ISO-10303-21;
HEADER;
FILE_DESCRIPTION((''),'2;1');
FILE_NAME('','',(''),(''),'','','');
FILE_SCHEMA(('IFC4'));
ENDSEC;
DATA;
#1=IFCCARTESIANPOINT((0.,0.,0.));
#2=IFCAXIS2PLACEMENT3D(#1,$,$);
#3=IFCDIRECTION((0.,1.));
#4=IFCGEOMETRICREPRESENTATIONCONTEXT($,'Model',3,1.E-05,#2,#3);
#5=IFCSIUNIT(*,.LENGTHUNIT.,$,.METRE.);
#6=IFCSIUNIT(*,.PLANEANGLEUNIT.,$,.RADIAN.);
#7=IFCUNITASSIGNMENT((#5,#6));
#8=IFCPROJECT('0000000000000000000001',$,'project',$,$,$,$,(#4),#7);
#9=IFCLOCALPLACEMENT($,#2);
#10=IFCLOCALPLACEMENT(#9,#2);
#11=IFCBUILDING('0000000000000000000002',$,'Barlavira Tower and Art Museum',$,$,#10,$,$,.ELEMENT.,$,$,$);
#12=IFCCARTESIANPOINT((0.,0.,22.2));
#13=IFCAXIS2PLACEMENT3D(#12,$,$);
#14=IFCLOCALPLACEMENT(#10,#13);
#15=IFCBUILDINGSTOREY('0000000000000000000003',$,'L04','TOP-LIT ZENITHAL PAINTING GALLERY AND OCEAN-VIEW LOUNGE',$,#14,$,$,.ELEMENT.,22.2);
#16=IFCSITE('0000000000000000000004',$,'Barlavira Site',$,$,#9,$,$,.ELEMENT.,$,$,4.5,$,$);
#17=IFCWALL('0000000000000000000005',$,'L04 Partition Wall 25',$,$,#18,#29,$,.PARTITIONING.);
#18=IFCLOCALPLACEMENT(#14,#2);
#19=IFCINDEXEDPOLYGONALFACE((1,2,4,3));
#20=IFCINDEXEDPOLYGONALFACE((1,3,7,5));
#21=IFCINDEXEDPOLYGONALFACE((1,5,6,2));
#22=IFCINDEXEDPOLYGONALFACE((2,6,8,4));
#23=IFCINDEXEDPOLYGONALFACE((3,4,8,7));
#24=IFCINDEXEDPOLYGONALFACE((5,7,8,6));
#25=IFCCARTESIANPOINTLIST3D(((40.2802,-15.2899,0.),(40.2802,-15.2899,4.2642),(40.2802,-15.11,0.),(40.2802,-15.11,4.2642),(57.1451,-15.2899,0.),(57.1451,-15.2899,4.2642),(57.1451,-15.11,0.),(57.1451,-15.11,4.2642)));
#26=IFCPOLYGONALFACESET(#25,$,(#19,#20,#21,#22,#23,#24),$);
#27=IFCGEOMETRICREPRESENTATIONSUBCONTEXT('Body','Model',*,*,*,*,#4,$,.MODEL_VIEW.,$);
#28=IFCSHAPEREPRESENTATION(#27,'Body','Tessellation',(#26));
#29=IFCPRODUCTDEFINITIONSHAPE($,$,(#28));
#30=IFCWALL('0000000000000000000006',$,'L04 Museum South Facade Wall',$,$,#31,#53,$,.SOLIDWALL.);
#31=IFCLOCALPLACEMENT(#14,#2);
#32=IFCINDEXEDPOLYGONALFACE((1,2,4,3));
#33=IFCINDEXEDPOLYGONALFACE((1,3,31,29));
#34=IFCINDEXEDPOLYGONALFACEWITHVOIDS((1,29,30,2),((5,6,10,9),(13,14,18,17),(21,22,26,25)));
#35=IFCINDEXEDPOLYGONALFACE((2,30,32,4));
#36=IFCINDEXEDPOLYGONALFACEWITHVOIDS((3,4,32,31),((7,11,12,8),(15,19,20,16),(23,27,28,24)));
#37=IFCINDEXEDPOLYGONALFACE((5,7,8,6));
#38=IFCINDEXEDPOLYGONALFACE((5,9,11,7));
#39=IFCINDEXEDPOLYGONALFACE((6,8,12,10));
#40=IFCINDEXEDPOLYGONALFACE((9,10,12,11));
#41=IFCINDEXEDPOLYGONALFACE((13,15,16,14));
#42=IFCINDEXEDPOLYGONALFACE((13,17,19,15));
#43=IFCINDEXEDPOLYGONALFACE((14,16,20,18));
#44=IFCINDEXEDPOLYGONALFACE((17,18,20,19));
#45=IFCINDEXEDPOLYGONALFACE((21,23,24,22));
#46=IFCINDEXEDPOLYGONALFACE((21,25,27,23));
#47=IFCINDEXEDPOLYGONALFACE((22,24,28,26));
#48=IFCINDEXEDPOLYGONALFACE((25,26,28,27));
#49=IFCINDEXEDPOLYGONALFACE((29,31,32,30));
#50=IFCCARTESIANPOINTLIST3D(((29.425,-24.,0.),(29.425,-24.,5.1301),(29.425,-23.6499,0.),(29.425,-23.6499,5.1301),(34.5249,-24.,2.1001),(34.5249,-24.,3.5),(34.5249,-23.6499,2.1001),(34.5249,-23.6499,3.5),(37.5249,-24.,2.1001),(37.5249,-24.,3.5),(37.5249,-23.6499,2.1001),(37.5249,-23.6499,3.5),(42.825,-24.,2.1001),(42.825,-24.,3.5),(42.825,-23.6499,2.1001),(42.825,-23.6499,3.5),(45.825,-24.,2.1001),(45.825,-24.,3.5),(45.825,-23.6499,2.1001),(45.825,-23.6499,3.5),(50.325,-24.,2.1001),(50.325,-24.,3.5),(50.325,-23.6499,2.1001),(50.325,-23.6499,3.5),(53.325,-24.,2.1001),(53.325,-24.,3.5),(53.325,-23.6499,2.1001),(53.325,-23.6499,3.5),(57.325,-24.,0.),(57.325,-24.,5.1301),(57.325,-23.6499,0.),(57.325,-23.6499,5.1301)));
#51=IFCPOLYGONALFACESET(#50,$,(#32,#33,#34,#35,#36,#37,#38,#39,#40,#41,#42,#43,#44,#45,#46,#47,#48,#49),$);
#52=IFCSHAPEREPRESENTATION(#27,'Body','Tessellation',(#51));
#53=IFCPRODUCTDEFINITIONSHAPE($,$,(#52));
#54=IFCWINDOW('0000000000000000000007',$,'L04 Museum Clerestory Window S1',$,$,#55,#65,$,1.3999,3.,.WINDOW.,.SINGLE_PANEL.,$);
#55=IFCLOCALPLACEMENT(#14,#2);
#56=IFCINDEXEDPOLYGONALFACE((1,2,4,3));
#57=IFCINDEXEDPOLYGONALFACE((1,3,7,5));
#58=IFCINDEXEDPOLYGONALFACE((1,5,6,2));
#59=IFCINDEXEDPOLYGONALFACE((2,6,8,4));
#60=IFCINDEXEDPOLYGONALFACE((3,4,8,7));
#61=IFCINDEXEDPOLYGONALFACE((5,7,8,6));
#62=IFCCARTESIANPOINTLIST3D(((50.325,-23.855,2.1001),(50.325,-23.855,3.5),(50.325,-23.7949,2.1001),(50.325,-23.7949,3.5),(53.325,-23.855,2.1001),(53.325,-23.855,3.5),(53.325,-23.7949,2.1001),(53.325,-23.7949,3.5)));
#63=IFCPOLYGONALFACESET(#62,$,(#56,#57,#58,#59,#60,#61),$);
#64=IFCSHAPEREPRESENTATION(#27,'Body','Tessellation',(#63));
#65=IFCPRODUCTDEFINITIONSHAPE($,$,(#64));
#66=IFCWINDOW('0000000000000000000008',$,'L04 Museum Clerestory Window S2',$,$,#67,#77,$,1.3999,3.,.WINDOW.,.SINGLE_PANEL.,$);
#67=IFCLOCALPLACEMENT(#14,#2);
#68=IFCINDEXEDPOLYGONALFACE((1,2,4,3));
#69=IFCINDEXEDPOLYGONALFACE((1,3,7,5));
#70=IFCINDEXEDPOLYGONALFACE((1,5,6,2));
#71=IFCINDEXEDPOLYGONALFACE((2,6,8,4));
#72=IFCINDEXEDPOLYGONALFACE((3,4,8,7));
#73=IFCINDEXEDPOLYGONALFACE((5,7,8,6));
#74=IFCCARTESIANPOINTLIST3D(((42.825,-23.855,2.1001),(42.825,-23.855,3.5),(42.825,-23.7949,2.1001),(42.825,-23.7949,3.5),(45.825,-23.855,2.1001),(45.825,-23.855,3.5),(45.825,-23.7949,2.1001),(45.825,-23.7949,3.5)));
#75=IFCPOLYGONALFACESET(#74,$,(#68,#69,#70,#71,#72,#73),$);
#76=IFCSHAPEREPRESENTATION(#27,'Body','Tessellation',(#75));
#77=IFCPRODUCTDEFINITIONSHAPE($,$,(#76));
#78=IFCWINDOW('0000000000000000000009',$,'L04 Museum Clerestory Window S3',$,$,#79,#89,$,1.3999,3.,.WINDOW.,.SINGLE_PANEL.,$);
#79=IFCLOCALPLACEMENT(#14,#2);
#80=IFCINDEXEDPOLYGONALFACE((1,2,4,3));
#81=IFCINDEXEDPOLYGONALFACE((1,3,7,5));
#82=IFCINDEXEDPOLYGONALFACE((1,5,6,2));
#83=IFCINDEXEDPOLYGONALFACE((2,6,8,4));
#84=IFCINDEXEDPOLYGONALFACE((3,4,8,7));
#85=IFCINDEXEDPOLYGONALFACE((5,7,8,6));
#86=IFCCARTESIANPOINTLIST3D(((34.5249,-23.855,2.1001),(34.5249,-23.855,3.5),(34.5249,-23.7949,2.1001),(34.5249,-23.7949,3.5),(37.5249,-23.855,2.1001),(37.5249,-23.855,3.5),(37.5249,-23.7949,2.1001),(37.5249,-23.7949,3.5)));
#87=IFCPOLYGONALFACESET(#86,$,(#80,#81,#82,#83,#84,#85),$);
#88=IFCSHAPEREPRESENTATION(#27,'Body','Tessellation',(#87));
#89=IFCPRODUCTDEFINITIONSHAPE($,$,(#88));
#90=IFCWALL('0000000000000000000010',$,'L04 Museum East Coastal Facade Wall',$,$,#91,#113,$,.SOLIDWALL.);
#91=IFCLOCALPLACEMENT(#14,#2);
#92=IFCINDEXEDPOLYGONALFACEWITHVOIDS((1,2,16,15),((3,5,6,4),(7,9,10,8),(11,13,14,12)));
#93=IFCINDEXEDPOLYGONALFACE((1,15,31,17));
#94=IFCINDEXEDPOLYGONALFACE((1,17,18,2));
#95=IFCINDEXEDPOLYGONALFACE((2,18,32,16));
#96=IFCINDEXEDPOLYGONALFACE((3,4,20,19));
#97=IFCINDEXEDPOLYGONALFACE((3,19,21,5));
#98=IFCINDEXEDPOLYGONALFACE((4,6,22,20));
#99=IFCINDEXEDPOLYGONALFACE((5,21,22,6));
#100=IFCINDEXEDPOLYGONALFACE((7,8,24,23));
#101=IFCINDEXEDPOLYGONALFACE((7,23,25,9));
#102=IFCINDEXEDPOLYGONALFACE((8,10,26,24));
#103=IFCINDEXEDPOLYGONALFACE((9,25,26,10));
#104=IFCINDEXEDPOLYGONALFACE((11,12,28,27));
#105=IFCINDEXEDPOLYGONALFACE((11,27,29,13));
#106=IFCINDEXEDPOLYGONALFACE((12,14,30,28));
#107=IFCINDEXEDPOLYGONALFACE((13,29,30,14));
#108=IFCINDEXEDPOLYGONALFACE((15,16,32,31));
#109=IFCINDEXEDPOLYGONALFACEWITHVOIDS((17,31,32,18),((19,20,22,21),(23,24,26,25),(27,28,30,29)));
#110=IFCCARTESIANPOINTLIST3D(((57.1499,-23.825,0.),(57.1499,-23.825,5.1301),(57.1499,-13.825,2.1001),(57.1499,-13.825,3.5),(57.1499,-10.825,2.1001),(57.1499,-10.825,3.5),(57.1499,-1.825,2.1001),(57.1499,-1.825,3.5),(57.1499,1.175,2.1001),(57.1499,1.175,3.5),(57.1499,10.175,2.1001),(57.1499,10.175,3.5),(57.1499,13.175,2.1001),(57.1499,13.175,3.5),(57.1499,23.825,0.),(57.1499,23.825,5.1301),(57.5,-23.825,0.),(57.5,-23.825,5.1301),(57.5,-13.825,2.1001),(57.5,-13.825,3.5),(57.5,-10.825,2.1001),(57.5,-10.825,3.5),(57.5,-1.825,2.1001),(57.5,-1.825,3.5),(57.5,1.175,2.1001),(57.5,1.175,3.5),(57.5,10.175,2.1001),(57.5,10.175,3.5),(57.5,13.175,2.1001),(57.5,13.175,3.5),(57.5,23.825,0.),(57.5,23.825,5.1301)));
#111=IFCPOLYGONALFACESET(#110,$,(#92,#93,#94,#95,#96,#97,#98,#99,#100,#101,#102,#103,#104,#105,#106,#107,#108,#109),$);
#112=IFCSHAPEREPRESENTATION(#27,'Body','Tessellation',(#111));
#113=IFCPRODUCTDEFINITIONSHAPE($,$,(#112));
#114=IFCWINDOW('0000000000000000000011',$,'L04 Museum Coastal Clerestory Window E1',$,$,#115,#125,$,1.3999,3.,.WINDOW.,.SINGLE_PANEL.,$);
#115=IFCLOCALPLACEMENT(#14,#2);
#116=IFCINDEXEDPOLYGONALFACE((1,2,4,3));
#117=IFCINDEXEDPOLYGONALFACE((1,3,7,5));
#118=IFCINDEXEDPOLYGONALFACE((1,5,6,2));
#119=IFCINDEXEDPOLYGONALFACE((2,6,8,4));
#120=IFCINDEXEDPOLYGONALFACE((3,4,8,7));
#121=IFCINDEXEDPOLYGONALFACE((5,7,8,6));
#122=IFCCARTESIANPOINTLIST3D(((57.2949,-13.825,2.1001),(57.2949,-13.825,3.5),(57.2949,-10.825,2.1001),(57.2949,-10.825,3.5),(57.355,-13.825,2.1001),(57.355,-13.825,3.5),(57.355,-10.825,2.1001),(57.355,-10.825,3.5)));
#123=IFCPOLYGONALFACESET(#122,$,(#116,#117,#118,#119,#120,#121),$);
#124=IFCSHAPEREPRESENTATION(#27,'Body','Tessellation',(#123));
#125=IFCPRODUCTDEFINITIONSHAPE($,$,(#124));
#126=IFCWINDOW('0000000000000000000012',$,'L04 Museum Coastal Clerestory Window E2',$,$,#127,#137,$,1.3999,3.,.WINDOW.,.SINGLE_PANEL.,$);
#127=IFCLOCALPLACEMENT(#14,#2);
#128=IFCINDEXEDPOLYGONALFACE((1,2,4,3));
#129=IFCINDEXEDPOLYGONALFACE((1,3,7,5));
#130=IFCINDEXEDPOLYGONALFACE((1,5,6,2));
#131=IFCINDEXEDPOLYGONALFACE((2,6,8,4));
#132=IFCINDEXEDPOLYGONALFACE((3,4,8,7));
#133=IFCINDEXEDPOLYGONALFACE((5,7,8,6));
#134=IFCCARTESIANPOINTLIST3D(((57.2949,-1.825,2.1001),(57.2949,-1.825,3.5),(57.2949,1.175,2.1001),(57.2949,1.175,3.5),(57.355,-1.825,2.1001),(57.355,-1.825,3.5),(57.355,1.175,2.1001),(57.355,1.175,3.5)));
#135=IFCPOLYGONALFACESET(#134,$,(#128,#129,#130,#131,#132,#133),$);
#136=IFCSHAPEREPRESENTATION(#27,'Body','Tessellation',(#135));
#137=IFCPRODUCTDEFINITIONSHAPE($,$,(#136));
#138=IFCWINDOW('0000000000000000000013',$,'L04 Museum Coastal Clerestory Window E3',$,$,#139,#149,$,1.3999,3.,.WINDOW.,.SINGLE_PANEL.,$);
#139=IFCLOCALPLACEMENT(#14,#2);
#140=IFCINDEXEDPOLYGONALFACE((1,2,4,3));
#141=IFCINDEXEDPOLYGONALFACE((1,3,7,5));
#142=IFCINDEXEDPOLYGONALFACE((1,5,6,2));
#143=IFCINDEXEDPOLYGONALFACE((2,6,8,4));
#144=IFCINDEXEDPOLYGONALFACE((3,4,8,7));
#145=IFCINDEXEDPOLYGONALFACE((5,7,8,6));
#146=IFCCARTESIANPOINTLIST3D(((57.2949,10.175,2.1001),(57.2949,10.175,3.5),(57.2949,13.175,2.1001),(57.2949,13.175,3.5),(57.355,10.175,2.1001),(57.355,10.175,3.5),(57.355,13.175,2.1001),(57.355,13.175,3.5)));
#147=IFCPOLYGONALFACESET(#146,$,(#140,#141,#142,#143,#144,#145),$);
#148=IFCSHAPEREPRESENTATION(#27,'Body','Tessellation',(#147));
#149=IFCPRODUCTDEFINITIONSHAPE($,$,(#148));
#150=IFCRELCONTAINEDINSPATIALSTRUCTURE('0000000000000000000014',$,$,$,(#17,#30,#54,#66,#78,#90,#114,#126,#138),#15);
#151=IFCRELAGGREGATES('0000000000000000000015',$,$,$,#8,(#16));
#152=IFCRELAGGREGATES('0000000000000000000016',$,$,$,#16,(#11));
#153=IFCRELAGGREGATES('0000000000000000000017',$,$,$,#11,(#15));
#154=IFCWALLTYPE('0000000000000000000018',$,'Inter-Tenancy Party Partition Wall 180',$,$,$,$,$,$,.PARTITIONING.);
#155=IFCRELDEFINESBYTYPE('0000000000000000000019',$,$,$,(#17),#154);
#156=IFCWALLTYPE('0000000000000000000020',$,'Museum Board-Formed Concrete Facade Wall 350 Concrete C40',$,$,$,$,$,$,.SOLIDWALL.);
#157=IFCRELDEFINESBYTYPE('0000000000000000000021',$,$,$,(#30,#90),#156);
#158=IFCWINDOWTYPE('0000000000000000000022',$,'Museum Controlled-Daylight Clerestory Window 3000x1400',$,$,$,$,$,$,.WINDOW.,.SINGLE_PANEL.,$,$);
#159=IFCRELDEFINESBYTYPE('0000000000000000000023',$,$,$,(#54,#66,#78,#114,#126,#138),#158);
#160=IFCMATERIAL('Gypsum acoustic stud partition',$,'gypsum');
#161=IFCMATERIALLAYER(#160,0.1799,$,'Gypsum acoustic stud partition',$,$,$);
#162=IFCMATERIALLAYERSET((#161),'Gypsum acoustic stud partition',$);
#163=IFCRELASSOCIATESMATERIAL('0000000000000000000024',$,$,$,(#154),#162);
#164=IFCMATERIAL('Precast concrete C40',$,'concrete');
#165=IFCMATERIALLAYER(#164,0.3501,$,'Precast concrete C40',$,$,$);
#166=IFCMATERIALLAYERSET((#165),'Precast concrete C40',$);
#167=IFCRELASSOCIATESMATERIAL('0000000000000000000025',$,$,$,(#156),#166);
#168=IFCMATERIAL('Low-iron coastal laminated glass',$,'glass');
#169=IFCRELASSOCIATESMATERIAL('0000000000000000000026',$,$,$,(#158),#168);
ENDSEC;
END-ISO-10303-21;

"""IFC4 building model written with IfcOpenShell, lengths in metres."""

from ifc_helpers import new_model, si_unit, direction, frame, frame_2d, origin, place, context, subcontext, project, spatial, rectangle, extrude, material, layer, layer_set, type_object, element, fill, save


model = new_model("IFC4")

# Units and contexts
model_context = context("Model", 3, precision=1e-05, world=origin(), true_north=direction((0.0, 1.0)))
body_context = subcontext(model_context, "Body", "Model", "MODEL_VIEW")
ifc_project = project(units=[si_unit("LENGTHUNIT", "METRE"), si_unit("PLANEANGLEUNIT", "RADIAN")], contexts=[model_context])

# Site, building, storey
site_placement = place(None, origin())
site = spatial("IfcSite", under=ifc_project, at=site_placement, Name="Barlavira Site", CompositionType="ELEMENT", RefElevation=4.5)
building_placement = place(site_placement, origin())
building = spatial("IfcBuilding", under=site, at=building_placement, Name="Barlavira Tower and Art Museum", CompositionType="ELEMENT")
storey_placement = place(building_placement, frame((0.0, 0.0, 22.2)))
storey = spatial("IfcBuildingStorey", under=building, at=storey_placement, Name="L04", Description="TOP-LIT ZENITHAL PAINTING GALLERY AND OCEAN-VIEW LOUNGE", CompositionType="ELEMENT", Elevation=22.2)

# Shared definitions
ifc_material_1 = material(Name="Gypsum acoustic stud partition", Category="gypsum")
ifc_layer_1 = layer(ifc_material_1, 0.1799, Name="Gypsum acoustic stud partition")
ifc_layer_set_1 = layer_set([ifc_layer_1], Name="Gypsum acoustic stud partition")
wall_type_1 = type_object("IfcWallType", Name="Inter-Tenancy Party Partition Wall 180", PredefinedType="PARTITIONING", material=ifc_layer_set_1)

# Wall
wall_1_placement = place(storey_placement, frame((40.28, -15.2, 0.0), z_axis=(0.0, 0.0, 1.0), x_axis=(1.0, 0.0, 0.0)))
element("IfcWall", 1, at=wall_1_placement, inside=storey, type_object=wall_type_1, Name="L04 Partition Wall 25", PredefinedType="PARTITIONING", context=body_context, shape_type="SweptSolid", body=[
    extrude(rectangle(XDim=16.865, YDim=0.1799, at=frame_2d((8.4326, 0.0))), origin(), (0.0, 0.0, 1.0), 4.2642),
])

# Walls, openings, windows
ifc_material_2 = material(Name="Precast concrete C40", Category="concrete")
ifc_layer_2 = layer(ifc_material_2, 0.3501, Name="Precast concrete C40")
ifc_layer_set_2 = layer_set([ifc_layer_2], Name="Precast concrete C40")
wall_type_2 = type_object("IfcWallType", Name="Museum Board-Formed Concrete Facade Wall 350 Concrete C40", PredefinedType="SOLIDWALL", material=ifc_layer_set_2)
wall_2_placement = place(storey_placement, frame((57.325, -23.825, 0.0), z_axis=(0.0, 0.0, 1.0), x_axis=(-1.0, 0.0, 0.0)))
wall_2 = element("IfcWall", 2, at=wall_2_placement, inside=storey, type_object=wall_type_2, Name="L04 Museum South Facade Wall", PredefinedType="SOLIDWALL", context=body_context, shape_type="SweptSolid", body=[
    extrude(rectangle(XDim=27.8999, YDim=0.3501, at=frame_2d((13.95, 0.0))), origin(), (0.0, 0.0, 1.0), 5.1301),
])
opening_1_placement = place(wall_2_placement, frame((4.0, 0.0, 2.1001)))
opening_1 = element("IfcOpeningElement", 3, at=opening_1_placement, cuts=wall_2, PredefinedType="OPENING", context=body_context, shape_type="SweptSolid", body=[
    extrude(rectangle(XDim=3.0, YDim=1.3999, at=frame_2d((1.5, 0.7))), frame((0.0, 0.1851, 0.0), z_axis=(0.0, -1.0, 0.0), x_axis=(1.0, 0.0, 0.0)), (0.0, 0.0, 1.0), 0.3701),
])
opening_2_placement = place(wall_2_placement, frame((11.5, 0.0, 2.1001)))
opening_2 = element("IfcOpeningElement", 4, at=opening_2_placement, cuts=wall_2, PredefinedType="OPENING", context=body_context, shape_type="SweptSolid", body=[
    extrude(rectangle(XDim=3.0, YDim=1.3999, at=frame_2d((1.5, 0.7))), frame((0.0, 0.1851, 0.0), z_axis=(0.0, -1.0, 0.0), x_axis=(1.0, 0.0, 0.0)), (0.0, 0.0, 1.0), 0.3701),
])
opening_3_placement = place(wall_2_placement, frame((19.8, 0.0, 2.1001)))
opening_3 = element("IfcOpeningElement", 5, at=opening_3_placement, cuts=wall_2, PredefinedType="OPENING", context=body_context, shape_type="SweptSolid", body=[
    extrude(rectangle(XDim=3.0, YDim=1.3999, at=frame_2d((1.5, 0.7))), frame((0.0, 0.1851, 0.0), z_axis=(0.0, -1.0, 0.0), x_axis=(1.0, 0.0, 0.0)), (0.0, 0.0, 1.0), 0.3701),
])
ifc_material_3 = material(Name="Low-iron coastal laminated glass", Category="glass")
window_type = type_object("IfcWindowType", Name="Museum Controlled-Daylight Clerestory Window 3000x1400", PartitioningType="SINGLE_PANEL", PredefinedType="WINDOW", material=ifc_material_3)
window_1_placement = place(opening_1_placement, origin())
window_1 = element("IfcWindow", 6, at=window_1_placement, inside=storey, type_object=window_type, Name="L04 Museum Clerestory Window S1", OverallHeight=1.3999, OverallWidth=3.0, PartitioningType="SINGLE_PANEL", PredefinedType="WINDOW", context=body_context, shape_type="SweptSolid", body=[
    extrude(rectangle(XDim=3.0, YDim=1.3999, at=frame_2d((1.5, 0.7))), frame((0.0, 0.03, 0.0), z_axis=(0.0, -1.0, 0.0), x_axis=(1.0, 0.0, 0.0)), (0.0, 0.0, 1.0), 0.0601),
])
fill(opening_1, window_1)
window_2_placement = place(opening_2_placement, origin())
window_2 = element("IfcWindow", 7, at=window_2_placement, inside=storey, type_object=window_type, Name="L04 Museum Clerestory Window S2", OverallHeight=1.3999, OverallWidth=3.0, PartitioningType="SINGLE_PANEL", PredefinedType="WINDOW", context=body_context, shape_type="SweptSolid", body=[
    extrude(rectangle(XDim=3.0, YDim=1.3999, at=frame_2d((1.5, 0.7))), frame((0.0, 0.03, 0.0), z_axis=(0.0, -1.0, 0.0), x_axis=(1.0, 0.0, 0.0)), (0.0, 0.0, 1.0), 0.0601),
])
fill(opening_2, window_2)
window_3_placement = place(opening_3_placement, origin())
window_3 = element("IfcWindow", 8, at=window_3_placement, inside=storey, type_object=window_type, Name="L04 Museum Clerestory Window S3", OverallHeight=1.3999, OverallWidth=3.0, PartitioningType="SINGLE_PANEL", PredefinedType="WINDOW", context=body_context, shape_type="SweptSolid", body=[
    extrude(rectangle(XDim=3.0, YDim=1.3999, at=frame_2d((1.5, 0.7))), frame((0.0, 0.03, 0.0), z_axis=(0.0, -1.0, 0.0), x_axis=(1.0, 0.0, 0.0)), (0.0, 0.0, 1.0), 0.0601),
])
fill(opening_3, window_3)
wall_3_placement = place(storey_placement, frame((57.325, -23.825, 0.0), z_axis=(0.0, 0.0, 1.0), x_axis=(0.0, 1.0, 0.0)))
wall_3 = element("IfcWall", 9, at=wall_3_placement, inside=storey, type_object=wall_type_2, Name="L04 Museum East Coastal Facade Wall", PredefinedType="SOLIDWALL", context=body_context, shape_type="SweptSolid", body=[
    extrude(rectangle(XDim=47.6499, YDim=0.3501, at=frame_2d((23.825, 0.0))), origin(), (0.0, 0.0, 1.0), 5.1301),
])
opening_4_placement = place(wall_3_placement, frame((10.0, 0.0, 2.1001)))
opening_4 = element("IfcOpeningElement", 10, at=opening_4_placement, cuts=wall_3, PredefinedType="OPENING", context=body_context, shape_type="SweptSolid", body=[
    extrude(rectangle(XDim=3.0, YDim=1.3999, at=frame_2d((1.5, 0.7))), frame((0.0, 0.1851, 0.0), z_axis=(0.0, -1.0, 0.0), x_axis=(1.0, 0.0, 0.0)), (0.0, 0.0, 1.0), 0.3701),
])
opening_5_placement = place(wall_3_placement, frame((22.0, 0.0, 2.1001)))
opening_5 = element("IfcOpeningElement", 11, at=opening_5_placement, cuts=wall_3, PredefinedType="OPENING", context=body_context, shape_type="SweptSolid", body=[
    extrude(rectangle(XDim=3.0, YDim=1.3999, at=frame_2d((1.5, 0.7))), frame((0.0, 0.1851, 0.0), z_axis=(0.0, -1.0, 0.0), x_axis=(1.0, 0.0, 0.0)), (0.0, 0.0, 1.0), 0.3701),
])
opening_6_placement = place(wall_3_placement, frame((34.0, 0.0, 2.1001)))
opening_6 = element("IfcOpeningElement", 12, at=opening_6_placement, cuts=wall_3, PredefinedType="OPENING", context=body_context, shape_type="SweptSolid", body=[
    extrude(rectangle(XDim=3.0, YDim=1.3999, at=frame_2d((1.5, 0.7))), frame((0.0, 0.1851, 0.0), z_axis=(0.0, -1.0, 0.0), x_axis=(1.0, 0.0, 0.0)), (0.0, 0.0, 1.0), 0.3701),
])
window_4_placement = place(opening_4_placement, origin())
window_4 = element("IfcWindow", 13, at=window_4_placement, inside=storey, type_object=window_type, Name="L04 Museum Coastal Clerestory Window E1", OverallHeight=1.3999, OverallWidth=3.0, PartitioningType="SINGLE_PANEL", PredefinedType="WINDOW", context=body_context, shape_type="SweptSolid", body=[
    extrude(rectangle(XDim=3.0, YDim=1.3999, at=frame_2d((1.5, 0.7))), frame((0.0, 0.03, 0.0), z_axis=(0.0, -1.0, 0.0), x_axis=(1.0, 0.0, 0.0)), (0.0, 0.0, 1.0), 0.0601),
])
fill(opening_4, window_4)
window_5_placement = place(opening_5_placement, origin())
window_5 = element("IfcWindow", 14, at=window_5_placement, inside=storey, type_object=window_type, Name="L04 Museum Coastal Clerestory Window E2", OverallHeight=1.3999, OverallWidth=3.0, PartitioningType="SINGLE_PANEL", PredefinedType="WINDOW", context=body_context, shape_type="SweptSolid", body=[
    extrude(rectangle(XDim=3.0, YDim=1.3999, at=frame_2d((1.5, 0.7))), frame((0.0, 0.03, 0.0), z_axis=(0.0, -1.0, 0.0), x_axis=(1.0, 0.0, 0.0)), (0.0, 0.0, 1.0), 0.0601),
])
fill(opening_5, window_5)
window_6_placement = place(opening_6_placement, origin())
window_6 = element("IfcWindow", 15, at=window_6_placement, inside=storey, type_object=window_type, Name="L04 Museum Coastal Clerestory Window E3", OverallHeight=1.3999, OverallWidth=3.0, PartitioningType="SINGLE_PANEL", PredefinedType="WINDOW", context=body_context, shape_type="SweptSolid", body=[
    extrude(rectangle(XDim=3.0, YDim=1.3999, at=frame_2d((1.5, 0.7))), frame((0.0, 0.03, 0.0), z_axis=(0.0, -1.0, 0.0), x_axis=(1.0, 0.0, 0.0)), (0.0, 0.0, 1.0), 0.0601),
])
fill(opening_6, window_6)

save(model, "model.ifc")
